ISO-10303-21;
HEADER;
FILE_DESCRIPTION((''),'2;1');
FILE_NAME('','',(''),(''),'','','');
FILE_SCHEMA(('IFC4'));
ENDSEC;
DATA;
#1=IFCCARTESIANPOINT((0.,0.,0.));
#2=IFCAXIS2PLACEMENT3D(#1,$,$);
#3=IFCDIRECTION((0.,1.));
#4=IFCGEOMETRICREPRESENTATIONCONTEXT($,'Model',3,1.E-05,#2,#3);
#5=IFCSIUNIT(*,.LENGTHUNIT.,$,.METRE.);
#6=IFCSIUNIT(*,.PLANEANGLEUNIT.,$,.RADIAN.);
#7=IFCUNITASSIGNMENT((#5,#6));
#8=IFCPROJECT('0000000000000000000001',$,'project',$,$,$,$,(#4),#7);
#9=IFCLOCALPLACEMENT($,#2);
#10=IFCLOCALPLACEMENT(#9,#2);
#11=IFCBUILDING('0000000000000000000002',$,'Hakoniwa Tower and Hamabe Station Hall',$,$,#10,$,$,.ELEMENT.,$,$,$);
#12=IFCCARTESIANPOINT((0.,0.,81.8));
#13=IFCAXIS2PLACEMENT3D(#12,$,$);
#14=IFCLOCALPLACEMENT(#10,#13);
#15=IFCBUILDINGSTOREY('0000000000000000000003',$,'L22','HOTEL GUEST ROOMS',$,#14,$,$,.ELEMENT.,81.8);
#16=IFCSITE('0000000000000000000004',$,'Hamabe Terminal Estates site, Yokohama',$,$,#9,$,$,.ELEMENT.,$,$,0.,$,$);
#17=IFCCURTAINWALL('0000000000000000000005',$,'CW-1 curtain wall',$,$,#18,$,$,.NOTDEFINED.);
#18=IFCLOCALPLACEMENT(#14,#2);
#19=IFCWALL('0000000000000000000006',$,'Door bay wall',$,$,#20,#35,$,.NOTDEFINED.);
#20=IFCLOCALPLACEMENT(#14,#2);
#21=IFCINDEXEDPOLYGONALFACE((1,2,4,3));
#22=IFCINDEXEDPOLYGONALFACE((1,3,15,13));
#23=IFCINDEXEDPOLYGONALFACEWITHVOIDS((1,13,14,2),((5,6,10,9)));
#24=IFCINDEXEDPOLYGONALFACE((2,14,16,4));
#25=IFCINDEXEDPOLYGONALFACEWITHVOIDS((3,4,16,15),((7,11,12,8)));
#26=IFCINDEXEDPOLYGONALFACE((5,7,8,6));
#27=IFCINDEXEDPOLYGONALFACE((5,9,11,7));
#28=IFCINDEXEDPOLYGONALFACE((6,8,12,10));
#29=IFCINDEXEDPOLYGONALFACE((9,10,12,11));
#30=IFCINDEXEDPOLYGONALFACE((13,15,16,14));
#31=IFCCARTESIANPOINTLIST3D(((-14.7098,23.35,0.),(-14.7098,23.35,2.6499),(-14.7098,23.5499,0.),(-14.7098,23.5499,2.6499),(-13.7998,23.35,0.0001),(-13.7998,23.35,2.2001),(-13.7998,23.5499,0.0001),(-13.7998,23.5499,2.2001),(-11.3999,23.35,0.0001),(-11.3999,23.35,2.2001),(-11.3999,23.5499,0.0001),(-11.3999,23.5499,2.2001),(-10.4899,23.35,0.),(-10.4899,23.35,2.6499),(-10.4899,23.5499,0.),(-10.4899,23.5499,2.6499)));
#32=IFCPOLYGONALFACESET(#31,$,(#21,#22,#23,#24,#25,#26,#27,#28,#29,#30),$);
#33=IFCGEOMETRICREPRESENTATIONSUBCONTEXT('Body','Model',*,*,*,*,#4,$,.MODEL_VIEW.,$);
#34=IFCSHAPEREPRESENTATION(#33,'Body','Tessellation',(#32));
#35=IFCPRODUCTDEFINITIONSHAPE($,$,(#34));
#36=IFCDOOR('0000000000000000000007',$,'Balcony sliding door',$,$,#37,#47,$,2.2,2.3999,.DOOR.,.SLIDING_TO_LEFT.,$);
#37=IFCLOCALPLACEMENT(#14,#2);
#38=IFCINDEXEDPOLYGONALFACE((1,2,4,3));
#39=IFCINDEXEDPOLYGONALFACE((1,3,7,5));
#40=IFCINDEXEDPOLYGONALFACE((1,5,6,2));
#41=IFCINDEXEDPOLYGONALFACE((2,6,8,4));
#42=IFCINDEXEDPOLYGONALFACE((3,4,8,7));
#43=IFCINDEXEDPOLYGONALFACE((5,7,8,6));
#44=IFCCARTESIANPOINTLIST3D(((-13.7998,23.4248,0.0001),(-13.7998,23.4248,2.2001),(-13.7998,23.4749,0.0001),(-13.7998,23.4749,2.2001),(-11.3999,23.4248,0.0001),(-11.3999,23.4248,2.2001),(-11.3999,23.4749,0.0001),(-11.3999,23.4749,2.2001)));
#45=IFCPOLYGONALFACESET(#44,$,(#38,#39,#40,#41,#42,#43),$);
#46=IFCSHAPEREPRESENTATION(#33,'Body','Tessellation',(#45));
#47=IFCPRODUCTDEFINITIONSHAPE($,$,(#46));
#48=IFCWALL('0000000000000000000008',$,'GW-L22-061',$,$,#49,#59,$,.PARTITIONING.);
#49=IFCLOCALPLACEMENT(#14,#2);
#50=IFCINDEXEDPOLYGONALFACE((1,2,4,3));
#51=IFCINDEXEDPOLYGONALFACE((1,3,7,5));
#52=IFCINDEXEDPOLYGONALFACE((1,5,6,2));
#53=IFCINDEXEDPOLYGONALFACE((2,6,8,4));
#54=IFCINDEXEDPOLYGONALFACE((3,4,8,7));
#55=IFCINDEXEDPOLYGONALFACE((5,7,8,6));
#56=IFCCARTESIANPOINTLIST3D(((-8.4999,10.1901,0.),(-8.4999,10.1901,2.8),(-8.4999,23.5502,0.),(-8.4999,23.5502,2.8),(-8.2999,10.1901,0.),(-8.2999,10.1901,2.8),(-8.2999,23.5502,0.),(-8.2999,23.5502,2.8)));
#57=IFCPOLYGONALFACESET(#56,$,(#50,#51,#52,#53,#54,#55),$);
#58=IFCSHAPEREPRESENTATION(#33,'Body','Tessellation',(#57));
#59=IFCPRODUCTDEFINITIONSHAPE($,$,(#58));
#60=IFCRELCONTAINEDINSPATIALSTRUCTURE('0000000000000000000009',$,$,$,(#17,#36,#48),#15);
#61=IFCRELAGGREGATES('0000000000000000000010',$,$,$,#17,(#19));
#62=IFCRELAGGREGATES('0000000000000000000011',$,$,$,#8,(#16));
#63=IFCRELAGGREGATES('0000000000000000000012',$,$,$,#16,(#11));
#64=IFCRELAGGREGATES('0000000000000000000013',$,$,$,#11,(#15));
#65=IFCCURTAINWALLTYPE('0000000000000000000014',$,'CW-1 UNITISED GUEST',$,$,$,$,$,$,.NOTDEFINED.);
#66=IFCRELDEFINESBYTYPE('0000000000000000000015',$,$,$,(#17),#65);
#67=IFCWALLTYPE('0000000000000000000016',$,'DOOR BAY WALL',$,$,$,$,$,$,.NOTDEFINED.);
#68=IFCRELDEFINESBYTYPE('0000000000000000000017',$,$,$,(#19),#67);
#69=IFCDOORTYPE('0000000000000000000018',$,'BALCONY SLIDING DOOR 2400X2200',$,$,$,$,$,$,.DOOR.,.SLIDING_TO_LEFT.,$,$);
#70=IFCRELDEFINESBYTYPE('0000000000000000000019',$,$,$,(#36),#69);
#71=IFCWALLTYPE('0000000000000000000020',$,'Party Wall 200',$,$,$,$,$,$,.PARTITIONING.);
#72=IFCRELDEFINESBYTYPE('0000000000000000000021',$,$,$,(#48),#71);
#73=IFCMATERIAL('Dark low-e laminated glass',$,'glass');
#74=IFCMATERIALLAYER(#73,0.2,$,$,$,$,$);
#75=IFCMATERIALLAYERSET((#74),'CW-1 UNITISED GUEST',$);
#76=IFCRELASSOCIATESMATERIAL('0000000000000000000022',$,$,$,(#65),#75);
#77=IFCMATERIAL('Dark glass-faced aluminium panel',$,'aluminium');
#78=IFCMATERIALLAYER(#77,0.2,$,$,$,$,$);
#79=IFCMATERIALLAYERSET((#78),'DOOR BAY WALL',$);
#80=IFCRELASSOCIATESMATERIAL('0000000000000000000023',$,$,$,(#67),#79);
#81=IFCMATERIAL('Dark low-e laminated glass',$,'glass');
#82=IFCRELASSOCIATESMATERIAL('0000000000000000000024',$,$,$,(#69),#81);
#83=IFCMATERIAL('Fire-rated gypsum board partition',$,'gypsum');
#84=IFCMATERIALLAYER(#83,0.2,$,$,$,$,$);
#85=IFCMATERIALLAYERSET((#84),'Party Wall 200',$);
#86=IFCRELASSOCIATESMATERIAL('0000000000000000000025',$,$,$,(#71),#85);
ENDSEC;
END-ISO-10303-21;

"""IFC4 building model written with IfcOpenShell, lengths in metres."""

from ifc_helpers import new_model, si_unit, direction, frame, frame_2d, origin, place, context, subcontext, project, spatial, rectangle, extrude, material, layer, layer_set, type_object, element, fill, aggregate, save


model = new_model("IFC4")

# Units and contexts
model_context = context("Model", 3, precision=1e-05, world=origin(), true_north=direction((0.0, 1.0)))
body_context = subcontext(model_context, "Body", "Model", "MODEL_VIEW")
ifc_project = project(units=[si_unit("LENGTHUNIT", "METRE"), si_unit("PLANEANGLEUNIT", "RADIAN")], contexts=[model_context])

# Site, building, storey
site_placement = place(None, origin())
site = spatial("IfcSite", under=ifc_project, at=site_placement, Name="Hamabe Terminal Estates site, Yokohama", CompositionType="ELEMENT", RefElevation=0.0)
building_placement = place(site_placement, origin())
building = spatial("IfcBuilding", under=site, at=building_placement, Name="Hakoniwa Tower and Hamabe Station Hall", CompositionType="ELEMENT")
storey_placement = place(building_placement, frame((0.0, 0.0, 81.8)))
storey = spatial("IfcBuildingStorey", under=building, at=storey_placement, Name="L22", Description="HOTEL GUEST ROOMS", CompositionType="ELEMENT", Elevation=81.8)

# Curtain wall
ifc_material_1 = material(Name="Dark low-e laminated glass", Category="glass")
ifc_layer_1 = layer(ifc_material_1, 0.2)
ifc_layer_set_1 = layer_set([ifc_layer_1], Name="CW-1 UNITISED GUEST")
curtain_wall_type = type_object("IfcCurtainWallType", Name="CW-1 UNITISED GUEST", PredefinedType="NOTDEFINED", material=ifc_layer_set_1)
curtain_wall_placement = place(storey_placement, origin())
curtain_wall = element("IfcCurtainWall", 1, at=curtain_wall_placement, inside=storey, type_object=curtain_wall_type, Name="CW-1 curtain wall", PredefinedType="NOTDEFINED")

# Wall, opening, door
ifc_material_2 = material(Name="Dark glass-faced aluminium panel", Category="aluminium")
ifc_layer_2 = layer(ifc_material_2, 0.2)
ifc_layer_set_2 = layer_set([ifc_layer_2], Name="DOOR BAY WALL")
wall_type_1 = type_object("IfcWallType", Name="DOOR BAY WALL", PredefinedType="NOTDEFINED", material=ifc_layer_set_2)
wall_1_placement = place(storey_placement, frame((-10.49, 23.45, 0.0), z_axis=(0.0, 0.0, 1.0), x_axis=(-1.0, 0.0, 0.0)))
wall_1 = element("IfcWall", 2, at=wall_1_placement, type_object=wall_type_1, Name="Door bay wall", PredefinedType="NOTDEFINED", context=body_context, shape_type="SweptSolid", body=[
    extrude(rectangle(XDim=4.22, YDim=0.2, at=frame_2d((2.1099, 0.0))), origin(), (0.0, 0.0, 1.0), 2.6499),
])
opening_1_placement = place(wall_1_placement, frame((0.9099, 0.0, 0.0)))
opening_1 = element("IfcOpeningElement", 3, at=opening_1_placement, cuts=wall_1, PredefinedType="OPENING", context=body_context, shape_type="SweptSolid", body=[
    extrude(rectangle(XDim=2.3999, YDim=2.2, at=frame_2d((1.2, 1.1001))), frame((0.0, 0.1099, 0.0), z_axis=(0.0, -1.0, 0.0), x_axis=(1.0, 0.0, 0.0)), (0.0, 0.0, 1.0), 0.22),
])
ifc_material_3 = material(Name="Dark low-e laminated glass", Category="glass")
door_type_1 = type_object("IfcDoorType", Name="BALCONY SLIDING DOOR 2400X2200", OperationType="SLIDING_TO_LEFT", PredefinedType="DOOR", material=ifc_material_3)
door_1_placement = place(opening_1_placement, frame((2.3999, 0.0, 0.0), z_axis=(0.0, 0.0, 1.0), x_axis=(-1.0, 0.0, 0.0)))
door_1 = element("IfcDoor", 4, at=door_1_placement, inside=storey, type_object=door_type_1, Name="Balcony sliding door", OperationType="SLIDING_TO_LEFT", OverallHeight=2.2, OverallWidth=2.3999, PredefinedType="DOOR", context=body_context, shape_type="SweptSolid", body=[
    extrude(rectangle(XDim=2.3999, YDim=2.2, at=frame_2d((1.2, 1.1001))), frame((0.0, 0.0249, 0.0), z_axis=(0.0, -1.0, 0.0), x_axis=(1.0, 0.0, 0.0)), (0.0, 0.0, 1.0), 0.05),
])
fill(opening_1, door_1)
aggregate(curtain_wall, [wall_1])

# Wall
ifc_material_4 = material(Name="Fire-rated gypsum board partition", Category="gypsum")
ifc_layer_3 = layer(ifc_material_4, 0.2)
ifc_layer_set_3 = layer_set([ifc_layer_3], Name="Party Wall 200")
wall_type_2 = type_object("IfcWallType", Name="Party Wall 200", PredefinedType="PARTITIONING", material=ifc_layer_set_3)
wall_2_placement = place(storey_placement, frame((-8.3999, 10.1899, 0.0), z_axis=(0.0, 0.0, 1.0), x_axis=(0.0, 1.0, 0.0)))
element("IfcWall", 5, at=wall_2_placement, inside=storey, type_object=wall_type_2, Name="GW-L22-061", PredefinedType="PARTITIONING", context=body_context, shape_type="SweptSolid", body=[
    extrude(rectangle(XDim=13.3601, YDim=0.2, at=frame_2d((6.6802, 0.0))), origin(), (0.0, 0.0, 1.0), 2.8),
])

save(model, "model.ifc")
